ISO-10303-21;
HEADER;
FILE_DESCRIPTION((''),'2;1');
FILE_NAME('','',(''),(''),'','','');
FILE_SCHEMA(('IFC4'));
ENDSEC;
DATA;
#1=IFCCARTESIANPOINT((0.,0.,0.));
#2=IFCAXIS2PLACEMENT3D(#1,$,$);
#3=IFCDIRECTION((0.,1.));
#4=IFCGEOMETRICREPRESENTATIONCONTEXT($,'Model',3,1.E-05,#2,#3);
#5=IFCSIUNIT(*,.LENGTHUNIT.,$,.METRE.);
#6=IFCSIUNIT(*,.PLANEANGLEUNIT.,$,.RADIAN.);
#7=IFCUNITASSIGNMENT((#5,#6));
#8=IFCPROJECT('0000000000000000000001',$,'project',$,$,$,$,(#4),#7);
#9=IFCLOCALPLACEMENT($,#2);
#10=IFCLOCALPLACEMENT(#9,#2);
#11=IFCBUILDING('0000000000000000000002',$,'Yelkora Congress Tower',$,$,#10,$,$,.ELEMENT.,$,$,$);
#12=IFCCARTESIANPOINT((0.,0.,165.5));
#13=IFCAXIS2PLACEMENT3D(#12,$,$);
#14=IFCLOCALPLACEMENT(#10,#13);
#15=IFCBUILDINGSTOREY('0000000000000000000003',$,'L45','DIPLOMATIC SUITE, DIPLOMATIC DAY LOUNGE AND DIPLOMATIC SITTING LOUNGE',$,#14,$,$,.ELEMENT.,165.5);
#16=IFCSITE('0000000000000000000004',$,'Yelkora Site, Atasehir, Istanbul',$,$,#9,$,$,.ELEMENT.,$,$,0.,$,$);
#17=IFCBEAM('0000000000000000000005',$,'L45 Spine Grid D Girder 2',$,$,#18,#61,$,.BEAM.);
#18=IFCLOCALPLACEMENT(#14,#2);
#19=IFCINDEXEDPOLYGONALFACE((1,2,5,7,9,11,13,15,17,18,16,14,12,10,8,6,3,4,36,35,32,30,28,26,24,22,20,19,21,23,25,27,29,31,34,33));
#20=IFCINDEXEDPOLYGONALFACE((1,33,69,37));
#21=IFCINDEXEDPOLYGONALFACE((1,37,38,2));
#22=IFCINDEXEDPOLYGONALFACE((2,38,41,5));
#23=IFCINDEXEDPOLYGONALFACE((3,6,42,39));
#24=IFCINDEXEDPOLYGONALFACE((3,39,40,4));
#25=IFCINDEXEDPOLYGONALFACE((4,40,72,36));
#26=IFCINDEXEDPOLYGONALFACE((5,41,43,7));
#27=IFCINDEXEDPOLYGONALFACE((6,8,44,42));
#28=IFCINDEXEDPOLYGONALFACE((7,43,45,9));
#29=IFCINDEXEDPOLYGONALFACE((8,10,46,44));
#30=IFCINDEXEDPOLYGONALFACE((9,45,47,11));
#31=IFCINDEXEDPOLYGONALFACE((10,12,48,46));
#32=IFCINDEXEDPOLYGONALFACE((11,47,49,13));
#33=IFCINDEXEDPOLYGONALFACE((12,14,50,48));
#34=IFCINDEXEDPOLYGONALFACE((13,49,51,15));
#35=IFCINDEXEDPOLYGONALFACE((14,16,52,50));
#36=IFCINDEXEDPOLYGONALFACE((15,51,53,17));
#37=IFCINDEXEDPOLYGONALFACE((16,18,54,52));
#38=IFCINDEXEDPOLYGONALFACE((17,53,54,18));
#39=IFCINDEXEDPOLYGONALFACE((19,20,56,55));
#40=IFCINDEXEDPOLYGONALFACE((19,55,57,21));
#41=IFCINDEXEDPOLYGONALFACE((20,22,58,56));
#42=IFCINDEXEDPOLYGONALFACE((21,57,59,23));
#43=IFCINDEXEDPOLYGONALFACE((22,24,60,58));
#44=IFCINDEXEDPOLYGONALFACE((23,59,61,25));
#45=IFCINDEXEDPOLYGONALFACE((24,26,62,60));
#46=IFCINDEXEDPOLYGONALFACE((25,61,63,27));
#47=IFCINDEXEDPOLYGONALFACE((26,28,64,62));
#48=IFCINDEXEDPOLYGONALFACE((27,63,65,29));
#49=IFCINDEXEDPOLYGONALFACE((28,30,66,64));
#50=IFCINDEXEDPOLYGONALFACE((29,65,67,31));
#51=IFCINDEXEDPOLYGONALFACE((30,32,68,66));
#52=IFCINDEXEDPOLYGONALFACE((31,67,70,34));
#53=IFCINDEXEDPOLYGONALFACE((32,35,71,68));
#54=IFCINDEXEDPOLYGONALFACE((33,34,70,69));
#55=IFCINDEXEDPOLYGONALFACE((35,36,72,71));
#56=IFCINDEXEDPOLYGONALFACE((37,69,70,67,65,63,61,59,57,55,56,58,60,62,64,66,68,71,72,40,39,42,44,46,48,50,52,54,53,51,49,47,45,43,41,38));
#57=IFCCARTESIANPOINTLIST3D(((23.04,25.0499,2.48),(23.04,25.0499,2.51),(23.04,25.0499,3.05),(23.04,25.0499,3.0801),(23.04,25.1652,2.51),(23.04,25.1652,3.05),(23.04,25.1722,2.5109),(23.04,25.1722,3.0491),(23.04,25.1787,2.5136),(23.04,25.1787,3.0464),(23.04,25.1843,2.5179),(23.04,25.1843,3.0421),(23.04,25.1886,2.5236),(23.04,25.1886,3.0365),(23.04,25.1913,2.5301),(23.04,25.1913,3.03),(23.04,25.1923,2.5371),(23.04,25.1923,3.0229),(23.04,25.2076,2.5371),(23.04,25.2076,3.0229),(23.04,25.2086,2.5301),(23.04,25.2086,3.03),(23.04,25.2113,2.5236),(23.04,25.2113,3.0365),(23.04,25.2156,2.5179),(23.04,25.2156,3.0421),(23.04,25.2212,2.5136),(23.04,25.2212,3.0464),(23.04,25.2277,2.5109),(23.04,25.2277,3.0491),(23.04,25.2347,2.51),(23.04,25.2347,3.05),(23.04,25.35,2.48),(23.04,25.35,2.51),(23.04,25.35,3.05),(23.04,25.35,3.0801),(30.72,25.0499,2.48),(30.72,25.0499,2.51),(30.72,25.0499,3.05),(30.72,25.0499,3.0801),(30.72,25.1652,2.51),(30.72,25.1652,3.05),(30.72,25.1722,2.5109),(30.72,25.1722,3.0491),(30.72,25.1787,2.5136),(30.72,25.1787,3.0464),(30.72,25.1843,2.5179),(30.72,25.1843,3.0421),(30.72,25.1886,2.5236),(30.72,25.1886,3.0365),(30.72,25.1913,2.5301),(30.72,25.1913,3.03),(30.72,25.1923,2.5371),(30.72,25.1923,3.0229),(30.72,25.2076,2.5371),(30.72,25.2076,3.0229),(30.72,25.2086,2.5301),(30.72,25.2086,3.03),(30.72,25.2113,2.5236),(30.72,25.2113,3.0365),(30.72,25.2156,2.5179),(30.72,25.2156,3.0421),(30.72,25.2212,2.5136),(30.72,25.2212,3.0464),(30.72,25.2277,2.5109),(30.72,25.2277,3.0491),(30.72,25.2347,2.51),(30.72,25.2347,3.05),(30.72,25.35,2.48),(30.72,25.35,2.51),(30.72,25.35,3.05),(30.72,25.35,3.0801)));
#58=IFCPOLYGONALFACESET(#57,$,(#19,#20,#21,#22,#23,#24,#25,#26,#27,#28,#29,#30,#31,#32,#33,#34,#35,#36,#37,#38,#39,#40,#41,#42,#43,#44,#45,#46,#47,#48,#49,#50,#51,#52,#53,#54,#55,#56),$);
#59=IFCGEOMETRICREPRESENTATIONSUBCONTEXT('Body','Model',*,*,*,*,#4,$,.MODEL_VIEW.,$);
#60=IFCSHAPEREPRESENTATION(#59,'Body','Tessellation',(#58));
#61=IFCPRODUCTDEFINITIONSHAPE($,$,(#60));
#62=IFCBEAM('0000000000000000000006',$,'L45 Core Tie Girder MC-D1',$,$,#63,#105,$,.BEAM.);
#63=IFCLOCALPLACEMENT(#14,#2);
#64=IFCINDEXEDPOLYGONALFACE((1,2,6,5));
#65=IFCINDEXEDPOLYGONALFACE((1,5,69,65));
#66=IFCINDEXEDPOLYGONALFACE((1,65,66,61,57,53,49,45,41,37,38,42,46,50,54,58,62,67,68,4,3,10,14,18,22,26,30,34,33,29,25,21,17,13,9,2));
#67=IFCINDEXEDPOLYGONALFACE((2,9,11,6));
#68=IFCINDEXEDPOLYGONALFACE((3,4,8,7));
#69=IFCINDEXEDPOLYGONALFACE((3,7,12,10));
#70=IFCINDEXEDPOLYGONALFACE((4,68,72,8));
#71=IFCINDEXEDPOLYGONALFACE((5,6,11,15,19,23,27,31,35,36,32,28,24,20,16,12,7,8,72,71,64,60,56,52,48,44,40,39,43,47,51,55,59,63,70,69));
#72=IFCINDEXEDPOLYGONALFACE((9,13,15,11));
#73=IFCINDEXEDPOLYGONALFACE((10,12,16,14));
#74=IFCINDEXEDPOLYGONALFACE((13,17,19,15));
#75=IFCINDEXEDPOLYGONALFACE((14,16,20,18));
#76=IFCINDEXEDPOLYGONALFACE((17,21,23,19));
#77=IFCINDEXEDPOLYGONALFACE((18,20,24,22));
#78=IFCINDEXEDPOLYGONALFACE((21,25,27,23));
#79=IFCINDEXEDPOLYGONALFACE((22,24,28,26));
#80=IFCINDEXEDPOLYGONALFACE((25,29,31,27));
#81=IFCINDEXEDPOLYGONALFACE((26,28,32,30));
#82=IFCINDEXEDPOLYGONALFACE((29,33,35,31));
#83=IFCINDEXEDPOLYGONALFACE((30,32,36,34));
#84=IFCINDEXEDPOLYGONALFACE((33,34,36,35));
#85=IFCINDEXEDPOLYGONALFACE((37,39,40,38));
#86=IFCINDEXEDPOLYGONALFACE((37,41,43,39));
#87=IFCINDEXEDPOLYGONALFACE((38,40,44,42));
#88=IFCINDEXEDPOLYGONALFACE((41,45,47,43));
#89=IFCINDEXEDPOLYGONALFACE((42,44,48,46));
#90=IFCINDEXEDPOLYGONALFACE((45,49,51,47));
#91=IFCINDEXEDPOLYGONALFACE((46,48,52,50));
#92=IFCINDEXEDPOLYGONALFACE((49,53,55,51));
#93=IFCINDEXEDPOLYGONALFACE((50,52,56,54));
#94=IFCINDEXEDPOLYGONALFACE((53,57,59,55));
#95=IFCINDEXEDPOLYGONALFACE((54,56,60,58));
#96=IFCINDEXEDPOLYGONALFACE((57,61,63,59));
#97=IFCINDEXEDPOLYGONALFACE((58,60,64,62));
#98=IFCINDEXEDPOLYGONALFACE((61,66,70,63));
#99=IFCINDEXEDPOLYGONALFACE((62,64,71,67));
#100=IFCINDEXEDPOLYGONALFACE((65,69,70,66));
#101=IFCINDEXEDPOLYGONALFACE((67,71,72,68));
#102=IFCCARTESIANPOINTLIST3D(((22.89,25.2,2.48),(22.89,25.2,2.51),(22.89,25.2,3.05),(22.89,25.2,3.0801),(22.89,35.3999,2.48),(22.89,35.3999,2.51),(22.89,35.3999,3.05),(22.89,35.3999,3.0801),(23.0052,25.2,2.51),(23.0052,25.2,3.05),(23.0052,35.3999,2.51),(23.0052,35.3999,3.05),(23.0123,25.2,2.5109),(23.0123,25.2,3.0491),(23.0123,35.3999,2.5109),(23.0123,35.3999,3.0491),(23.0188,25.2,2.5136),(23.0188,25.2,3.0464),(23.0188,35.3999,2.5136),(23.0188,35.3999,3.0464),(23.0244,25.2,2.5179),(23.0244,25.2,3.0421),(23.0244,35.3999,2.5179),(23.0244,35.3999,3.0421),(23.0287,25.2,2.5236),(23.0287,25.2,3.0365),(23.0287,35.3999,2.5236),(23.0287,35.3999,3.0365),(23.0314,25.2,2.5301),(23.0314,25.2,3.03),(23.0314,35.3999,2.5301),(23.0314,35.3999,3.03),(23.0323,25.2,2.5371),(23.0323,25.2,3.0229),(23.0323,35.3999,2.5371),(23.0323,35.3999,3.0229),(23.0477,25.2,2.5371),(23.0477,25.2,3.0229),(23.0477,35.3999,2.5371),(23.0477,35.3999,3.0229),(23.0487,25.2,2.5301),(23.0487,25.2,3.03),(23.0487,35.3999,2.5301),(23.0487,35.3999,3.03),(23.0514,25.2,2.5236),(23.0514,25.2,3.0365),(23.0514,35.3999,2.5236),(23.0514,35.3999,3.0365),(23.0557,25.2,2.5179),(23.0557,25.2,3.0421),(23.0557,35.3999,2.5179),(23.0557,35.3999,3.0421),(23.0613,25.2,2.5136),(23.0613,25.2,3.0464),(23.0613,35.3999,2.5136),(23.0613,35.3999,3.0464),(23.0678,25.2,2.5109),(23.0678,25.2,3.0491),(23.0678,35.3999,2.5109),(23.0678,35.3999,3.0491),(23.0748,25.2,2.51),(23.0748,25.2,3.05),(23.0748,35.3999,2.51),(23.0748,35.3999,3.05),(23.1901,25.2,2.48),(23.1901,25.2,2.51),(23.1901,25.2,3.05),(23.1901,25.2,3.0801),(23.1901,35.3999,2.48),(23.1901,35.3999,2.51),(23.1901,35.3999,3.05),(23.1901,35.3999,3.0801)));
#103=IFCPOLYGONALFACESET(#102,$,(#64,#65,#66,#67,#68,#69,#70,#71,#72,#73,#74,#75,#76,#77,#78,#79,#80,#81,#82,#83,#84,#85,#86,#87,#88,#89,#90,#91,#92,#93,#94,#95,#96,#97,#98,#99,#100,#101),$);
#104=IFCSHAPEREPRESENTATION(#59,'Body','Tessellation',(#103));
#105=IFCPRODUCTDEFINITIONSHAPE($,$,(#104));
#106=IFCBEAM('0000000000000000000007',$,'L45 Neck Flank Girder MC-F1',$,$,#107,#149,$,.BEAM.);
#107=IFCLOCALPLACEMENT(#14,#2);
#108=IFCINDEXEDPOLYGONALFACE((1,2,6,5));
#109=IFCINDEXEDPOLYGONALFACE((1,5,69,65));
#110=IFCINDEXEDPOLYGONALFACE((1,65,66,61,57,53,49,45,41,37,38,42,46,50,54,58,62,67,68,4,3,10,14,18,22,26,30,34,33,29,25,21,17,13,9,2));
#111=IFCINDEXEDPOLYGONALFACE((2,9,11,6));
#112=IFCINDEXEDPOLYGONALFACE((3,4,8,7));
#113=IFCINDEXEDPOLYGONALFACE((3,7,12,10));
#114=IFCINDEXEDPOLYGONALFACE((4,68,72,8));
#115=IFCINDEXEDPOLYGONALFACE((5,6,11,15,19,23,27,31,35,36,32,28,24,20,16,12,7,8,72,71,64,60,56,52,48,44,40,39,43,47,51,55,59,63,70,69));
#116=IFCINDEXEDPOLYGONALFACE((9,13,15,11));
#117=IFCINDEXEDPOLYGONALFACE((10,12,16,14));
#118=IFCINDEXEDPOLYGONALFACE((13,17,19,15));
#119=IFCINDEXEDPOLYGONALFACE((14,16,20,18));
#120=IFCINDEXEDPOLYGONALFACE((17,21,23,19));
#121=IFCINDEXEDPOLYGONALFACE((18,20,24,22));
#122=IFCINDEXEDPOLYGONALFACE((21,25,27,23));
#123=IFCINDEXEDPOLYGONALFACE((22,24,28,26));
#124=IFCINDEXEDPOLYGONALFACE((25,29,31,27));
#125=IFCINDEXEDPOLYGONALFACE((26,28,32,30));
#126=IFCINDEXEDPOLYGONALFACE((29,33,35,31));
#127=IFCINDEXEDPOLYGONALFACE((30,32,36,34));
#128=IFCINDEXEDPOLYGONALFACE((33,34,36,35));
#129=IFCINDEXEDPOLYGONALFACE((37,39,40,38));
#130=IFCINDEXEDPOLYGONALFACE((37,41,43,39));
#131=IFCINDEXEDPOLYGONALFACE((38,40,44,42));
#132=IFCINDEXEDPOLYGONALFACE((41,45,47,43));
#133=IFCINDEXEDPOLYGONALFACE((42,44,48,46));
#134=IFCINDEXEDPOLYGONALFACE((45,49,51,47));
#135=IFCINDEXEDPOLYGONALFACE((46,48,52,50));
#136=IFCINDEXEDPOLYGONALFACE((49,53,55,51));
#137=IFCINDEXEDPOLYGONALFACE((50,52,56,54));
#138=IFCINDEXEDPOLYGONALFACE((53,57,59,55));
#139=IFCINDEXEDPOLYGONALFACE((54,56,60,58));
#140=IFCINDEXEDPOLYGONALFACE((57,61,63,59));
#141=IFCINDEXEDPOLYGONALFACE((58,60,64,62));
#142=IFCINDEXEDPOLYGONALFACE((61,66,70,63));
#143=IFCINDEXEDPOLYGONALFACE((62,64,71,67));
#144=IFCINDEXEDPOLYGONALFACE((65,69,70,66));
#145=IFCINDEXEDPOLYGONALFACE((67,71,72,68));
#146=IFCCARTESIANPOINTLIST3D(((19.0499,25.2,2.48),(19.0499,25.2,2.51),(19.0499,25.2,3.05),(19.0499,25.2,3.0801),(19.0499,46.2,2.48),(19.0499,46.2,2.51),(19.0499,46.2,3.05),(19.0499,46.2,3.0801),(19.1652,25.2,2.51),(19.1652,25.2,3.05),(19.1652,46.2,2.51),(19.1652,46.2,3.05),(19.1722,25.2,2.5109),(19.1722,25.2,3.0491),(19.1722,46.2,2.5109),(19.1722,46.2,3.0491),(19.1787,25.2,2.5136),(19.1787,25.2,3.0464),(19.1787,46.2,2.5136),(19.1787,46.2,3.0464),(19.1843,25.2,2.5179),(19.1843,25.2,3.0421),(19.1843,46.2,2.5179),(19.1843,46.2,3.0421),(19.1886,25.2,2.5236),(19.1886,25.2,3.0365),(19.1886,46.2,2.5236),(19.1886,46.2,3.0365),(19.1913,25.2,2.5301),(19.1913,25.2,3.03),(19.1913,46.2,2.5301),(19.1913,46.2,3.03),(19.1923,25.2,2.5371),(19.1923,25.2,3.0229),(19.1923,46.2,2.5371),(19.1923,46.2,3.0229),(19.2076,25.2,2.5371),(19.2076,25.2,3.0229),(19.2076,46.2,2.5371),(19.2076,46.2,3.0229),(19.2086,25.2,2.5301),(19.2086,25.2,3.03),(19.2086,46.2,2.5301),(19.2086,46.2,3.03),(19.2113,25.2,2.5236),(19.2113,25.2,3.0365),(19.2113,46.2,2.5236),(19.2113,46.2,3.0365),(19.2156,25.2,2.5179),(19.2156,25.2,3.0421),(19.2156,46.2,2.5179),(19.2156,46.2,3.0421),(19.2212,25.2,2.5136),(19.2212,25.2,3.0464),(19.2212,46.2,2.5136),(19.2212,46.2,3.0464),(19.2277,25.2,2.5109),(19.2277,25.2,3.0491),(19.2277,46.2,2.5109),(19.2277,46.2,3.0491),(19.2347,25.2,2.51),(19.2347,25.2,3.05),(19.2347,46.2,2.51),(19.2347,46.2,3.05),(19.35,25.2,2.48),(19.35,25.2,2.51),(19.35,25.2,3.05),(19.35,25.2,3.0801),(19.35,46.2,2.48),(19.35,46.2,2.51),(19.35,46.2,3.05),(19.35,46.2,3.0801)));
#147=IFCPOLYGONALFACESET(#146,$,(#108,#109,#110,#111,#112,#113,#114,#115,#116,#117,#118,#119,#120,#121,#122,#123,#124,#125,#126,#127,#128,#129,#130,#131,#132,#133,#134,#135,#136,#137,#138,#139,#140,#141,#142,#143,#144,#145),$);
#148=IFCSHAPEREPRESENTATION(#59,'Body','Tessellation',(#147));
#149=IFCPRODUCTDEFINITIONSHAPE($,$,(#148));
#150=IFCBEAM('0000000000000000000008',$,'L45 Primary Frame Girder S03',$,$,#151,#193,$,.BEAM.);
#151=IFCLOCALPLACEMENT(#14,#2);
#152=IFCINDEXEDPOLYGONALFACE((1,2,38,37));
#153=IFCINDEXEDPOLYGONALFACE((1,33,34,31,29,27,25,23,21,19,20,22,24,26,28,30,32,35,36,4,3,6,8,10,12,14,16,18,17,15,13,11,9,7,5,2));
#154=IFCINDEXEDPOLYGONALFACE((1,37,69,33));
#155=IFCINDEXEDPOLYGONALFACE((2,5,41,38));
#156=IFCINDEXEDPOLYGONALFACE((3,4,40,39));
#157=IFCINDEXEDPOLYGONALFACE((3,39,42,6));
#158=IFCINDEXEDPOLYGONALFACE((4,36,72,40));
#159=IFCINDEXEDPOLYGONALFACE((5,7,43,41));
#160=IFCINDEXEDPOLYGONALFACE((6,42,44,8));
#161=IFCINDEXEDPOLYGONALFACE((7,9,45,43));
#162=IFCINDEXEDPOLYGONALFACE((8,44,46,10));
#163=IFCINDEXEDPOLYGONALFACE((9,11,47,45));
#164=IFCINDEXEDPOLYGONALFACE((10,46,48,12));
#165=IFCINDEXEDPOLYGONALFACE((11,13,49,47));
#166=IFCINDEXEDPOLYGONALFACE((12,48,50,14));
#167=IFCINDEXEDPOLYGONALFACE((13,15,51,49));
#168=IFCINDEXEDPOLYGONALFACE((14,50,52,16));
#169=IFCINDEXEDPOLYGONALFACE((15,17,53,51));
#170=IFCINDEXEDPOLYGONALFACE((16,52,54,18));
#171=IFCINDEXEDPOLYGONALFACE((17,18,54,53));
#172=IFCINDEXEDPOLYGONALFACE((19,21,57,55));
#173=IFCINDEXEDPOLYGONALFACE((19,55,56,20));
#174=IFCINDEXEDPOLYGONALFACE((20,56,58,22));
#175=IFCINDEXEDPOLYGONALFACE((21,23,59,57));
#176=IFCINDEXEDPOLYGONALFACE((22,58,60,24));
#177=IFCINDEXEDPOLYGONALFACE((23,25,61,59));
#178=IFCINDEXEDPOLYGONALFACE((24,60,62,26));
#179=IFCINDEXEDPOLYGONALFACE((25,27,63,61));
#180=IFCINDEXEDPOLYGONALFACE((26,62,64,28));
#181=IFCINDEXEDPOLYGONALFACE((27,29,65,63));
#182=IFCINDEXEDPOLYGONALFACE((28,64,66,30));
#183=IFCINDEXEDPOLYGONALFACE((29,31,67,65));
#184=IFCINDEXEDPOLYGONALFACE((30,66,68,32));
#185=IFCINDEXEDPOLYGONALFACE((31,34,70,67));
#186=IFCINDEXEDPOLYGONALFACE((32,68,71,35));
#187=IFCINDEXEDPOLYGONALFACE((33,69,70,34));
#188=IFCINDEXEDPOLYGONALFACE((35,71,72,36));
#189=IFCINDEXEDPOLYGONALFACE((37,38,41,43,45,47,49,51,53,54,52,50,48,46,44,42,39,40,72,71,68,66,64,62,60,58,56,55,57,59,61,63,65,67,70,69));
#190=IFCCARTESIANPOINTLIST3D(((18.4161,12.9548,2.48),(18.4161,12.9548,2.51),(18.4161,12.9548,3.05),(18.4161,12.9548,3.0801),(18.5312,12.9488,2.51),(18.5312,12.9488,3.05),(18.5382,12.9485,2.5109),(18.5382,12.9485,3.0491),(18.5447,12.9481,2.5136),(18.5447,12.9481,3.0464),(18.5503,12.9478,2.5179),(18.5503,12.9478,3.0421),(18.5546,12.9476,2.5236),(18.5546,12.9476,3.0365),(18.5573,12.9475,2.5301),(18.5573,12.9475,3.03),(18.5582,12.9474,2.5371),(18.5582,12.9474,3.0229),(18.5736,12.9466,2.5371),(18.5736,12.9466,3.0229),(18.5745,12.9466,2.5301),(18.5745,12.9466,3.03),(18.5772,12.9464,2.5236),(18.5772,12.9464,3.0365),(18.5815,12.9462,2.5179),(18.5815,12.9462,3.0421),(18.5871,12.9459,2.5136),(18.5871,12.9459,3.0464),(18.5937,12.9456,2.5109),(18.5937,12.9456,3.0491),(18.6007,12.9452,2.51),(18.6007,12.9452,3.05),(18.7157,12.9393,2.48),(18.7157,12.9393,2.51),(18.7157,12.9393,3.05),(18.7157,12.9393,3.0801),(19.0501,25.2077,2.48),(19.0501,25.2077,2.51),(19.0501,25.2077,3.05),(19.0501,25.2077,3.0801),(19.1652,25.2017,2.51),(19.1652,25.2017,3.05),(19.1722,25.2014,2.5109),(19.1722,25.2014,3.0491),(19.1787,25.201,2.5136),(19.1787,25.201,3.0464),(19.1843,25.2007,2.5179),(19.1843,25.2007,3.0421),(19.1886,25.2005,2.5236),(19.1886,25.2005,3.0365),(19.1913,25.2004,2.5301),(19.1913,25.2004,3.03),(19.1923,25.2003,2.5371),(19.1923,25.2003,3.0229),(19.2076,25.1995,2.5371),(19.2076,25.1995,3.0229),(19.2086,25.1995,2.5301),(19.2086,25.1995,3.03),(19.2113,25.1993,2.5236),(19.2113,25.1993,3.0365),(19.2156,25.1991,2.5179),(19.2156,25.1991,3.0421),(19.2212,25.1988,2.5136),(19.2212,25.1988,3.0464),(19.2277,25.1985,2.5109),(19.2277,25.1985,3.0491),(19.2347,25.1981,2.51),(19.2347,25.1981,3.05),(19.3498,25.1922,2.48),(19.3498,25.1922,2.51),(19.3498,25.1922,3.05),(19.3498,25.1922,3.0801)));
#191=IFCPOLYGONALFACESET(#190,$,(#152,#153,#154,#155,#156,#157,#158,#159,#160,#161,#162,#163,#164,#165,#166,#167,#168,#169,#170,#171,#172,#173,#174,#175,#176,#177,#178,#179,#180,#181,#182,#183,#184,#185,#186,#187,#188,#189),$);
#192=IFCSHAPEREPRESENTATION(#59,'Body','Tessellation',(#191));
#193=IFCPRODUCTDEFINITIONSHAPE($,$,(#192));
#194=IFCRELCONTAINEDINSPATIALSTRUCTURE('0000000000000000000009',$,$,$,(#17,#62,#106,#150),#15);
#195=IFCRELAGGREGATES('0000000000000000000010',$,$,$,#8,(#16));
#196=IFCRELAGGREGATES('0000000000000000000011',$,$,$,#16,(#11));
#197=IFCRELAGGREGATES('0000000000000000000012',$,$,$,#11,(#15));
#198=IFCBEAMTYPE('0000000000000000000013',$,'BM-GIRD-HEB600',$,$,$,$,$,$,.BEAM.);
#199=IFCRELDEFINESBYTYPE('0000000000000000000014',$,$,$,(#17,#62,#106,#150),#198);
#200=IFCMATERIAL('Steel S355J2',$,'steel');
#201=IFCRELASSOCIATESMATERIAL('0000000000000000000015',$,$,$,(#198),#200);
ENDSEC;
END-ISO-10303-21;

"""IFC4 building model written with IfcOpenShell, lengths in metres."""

from ifc_helpers import new_model, si_unit, direction, frame, origin, origin_2d, place, context, subcontext, project, spatial, i_section, extrude, material, material_profile, profile_set, type_object, element, save


model = new_model("IFC4")

# Units and contexts
model_context = context("Model", 3, precision=1e-05, world=origin(), true_north=direction((0.0, 1.0)))
body_context = subcontext(model_context, "Body", "Model", "MODEL_VIEW")
ifc_project = project(units=[si_unit("LENGTHUNIT", "METRE"), si_unit("PLANEANGLEUNIT", "RADIAN")], contexts=[model_context])

# Site, building, storey
site_placement = place(None, origin())
site = spatial("IfcSite", under=ifc_project, at=site_placement, Name="Yelkora Site, Atasehir, Istanbul", CompositionType="ELEMENT", RefElevation=0.0)
building_placement = place(site_placement, origin())
building = spatial("IfcBuilding", under=site, at=building_placement, Name="Yelkora Congress Tower", CompositionType="ELEMENT")
storey_placement = place(building_placement, frame((0.0, 0.0, 165.5)))
storey = spatial("IfcBuildingStorey", under=building, at=storey_placement, Name="L45", Description="DIPLOMATIC SUITE, DIPLOMATIC DAY LOUNGE AND DIPLOMATIC SITTING LOUNGE", CompositionType="ELEMENT", Elevation=165.5)

# Beams
ifc_material_1 = material(Name="Steel S355J2", Category="steel")
ifc_material_profile_1 = material_profile(ifc_material_1, i_section(OverallWidth=0.3, OverallDepth=0.6001, WebThickness=0.0154, FlangeThickness=0.03, FilletRadius=0.0271, at=origin_2d()), Name="HEB 600")
ifc_profile_set_1 = profile_set([ifc_material_profile_1], Name="Steel S355J2")
beam_type_1 = type_object("IfcBeamType", Name="BM-GIRD-HEB600", PredefinedType="BEAM", material=ifc_profile_set_1)
beam_1_placement = place(storey_placement, frame((23.04, 25.2, 2.78), z_axis=(1.0, 0.0, 0.0), x_axis=(0.0, 1.0, 0.0)))
element("IfcBeam", 1, at=beam_1_placement, inside=storey, type_object=beam_type_1, Name="L45 Spine Grid D Girder 2", PredefinedType="BEAM", context=body_context, shape_type="SweptSolid", body=[
    extrude(i_section(OverallWidth=0.3, OverallDepth=0.6001, WebThickness=0.0154, FlangeThickness=0.03, FilletRadius=0.0271, at=origin_2d()), origin(), (0.0, 0.0, 1.0), 7.6799),
])
beam_2_placement = place(storey_placement, frame((23.04, 25.2, 2.78), z_axis=(0.0, 1.0, 0.0), x_axis=(-1.0, 0.0, 0.0)))
element("IfcBeam", 2, at=beam_2_placement, inside=storey, type_object=beam_type_1, Name="L45 Core Tie Girder MC-D1", PredefinedType="BEAM", context=body_context, shape_type="SweptSolid", body=[
    extrude(i_section(OverallWidth=0.3, OverallDepth=0.6001, WebThickness=0.0154, FlangeThickness=0.03, FilletRadius=0.0271, at=origin_2d()), origin(), (0.0, 0.0, 1.0), 10.2),
])
beam_3_placement = place(storey_placement, frame((19.2, 25.2, 2.78), z_axis=(0.0, 1.0, 0.0), x_axis=(-1.0, 0.0, 0.0)))
element("IfcBeam", 3, at=beam_3_placement, inside=storey, type_object=beam_type_1, Name="L45 Neck Flank Girder MC-F1", PredefinedType="BEAM", context=body_context, shape_type="SweptSolid", body=[
    extrude(i_section(OverallWidth=0.3, OverallDepth=0.6001, WebThickness=0.0154, FlangeThickness=0.03, FilletRadius=0.0271, at=origin_2d()), origin(), (0.0, 0.0, 1.0), 21.0),
])
beam_4_placement = place(storey_placement, frame((18.5659, 12.947, 2.78), z_axis=(0.051676, 0.998664, 0.0), x_axis=(-0.998664, 0.051676, 0.0)))
element("IfcBeam", 4, at=beam_4_placement, inside=storey, type_object=beam_type_1, Name="L45 Primary Frame Girder S03", PredefinedType="BEAM", context=body_context, shape_type="SweptSolid", body=[
    extrude(i_section(OverallWidth=0.3, OverallDepth=0.6001, WebThickness=0.0154, FlangeThickness=0.03, FilletRadius=0.0271, at=origin_2d()), origin(), (0.0, 0.0, 1.0), 12.2693),
])

save(model, "model.ifc")
